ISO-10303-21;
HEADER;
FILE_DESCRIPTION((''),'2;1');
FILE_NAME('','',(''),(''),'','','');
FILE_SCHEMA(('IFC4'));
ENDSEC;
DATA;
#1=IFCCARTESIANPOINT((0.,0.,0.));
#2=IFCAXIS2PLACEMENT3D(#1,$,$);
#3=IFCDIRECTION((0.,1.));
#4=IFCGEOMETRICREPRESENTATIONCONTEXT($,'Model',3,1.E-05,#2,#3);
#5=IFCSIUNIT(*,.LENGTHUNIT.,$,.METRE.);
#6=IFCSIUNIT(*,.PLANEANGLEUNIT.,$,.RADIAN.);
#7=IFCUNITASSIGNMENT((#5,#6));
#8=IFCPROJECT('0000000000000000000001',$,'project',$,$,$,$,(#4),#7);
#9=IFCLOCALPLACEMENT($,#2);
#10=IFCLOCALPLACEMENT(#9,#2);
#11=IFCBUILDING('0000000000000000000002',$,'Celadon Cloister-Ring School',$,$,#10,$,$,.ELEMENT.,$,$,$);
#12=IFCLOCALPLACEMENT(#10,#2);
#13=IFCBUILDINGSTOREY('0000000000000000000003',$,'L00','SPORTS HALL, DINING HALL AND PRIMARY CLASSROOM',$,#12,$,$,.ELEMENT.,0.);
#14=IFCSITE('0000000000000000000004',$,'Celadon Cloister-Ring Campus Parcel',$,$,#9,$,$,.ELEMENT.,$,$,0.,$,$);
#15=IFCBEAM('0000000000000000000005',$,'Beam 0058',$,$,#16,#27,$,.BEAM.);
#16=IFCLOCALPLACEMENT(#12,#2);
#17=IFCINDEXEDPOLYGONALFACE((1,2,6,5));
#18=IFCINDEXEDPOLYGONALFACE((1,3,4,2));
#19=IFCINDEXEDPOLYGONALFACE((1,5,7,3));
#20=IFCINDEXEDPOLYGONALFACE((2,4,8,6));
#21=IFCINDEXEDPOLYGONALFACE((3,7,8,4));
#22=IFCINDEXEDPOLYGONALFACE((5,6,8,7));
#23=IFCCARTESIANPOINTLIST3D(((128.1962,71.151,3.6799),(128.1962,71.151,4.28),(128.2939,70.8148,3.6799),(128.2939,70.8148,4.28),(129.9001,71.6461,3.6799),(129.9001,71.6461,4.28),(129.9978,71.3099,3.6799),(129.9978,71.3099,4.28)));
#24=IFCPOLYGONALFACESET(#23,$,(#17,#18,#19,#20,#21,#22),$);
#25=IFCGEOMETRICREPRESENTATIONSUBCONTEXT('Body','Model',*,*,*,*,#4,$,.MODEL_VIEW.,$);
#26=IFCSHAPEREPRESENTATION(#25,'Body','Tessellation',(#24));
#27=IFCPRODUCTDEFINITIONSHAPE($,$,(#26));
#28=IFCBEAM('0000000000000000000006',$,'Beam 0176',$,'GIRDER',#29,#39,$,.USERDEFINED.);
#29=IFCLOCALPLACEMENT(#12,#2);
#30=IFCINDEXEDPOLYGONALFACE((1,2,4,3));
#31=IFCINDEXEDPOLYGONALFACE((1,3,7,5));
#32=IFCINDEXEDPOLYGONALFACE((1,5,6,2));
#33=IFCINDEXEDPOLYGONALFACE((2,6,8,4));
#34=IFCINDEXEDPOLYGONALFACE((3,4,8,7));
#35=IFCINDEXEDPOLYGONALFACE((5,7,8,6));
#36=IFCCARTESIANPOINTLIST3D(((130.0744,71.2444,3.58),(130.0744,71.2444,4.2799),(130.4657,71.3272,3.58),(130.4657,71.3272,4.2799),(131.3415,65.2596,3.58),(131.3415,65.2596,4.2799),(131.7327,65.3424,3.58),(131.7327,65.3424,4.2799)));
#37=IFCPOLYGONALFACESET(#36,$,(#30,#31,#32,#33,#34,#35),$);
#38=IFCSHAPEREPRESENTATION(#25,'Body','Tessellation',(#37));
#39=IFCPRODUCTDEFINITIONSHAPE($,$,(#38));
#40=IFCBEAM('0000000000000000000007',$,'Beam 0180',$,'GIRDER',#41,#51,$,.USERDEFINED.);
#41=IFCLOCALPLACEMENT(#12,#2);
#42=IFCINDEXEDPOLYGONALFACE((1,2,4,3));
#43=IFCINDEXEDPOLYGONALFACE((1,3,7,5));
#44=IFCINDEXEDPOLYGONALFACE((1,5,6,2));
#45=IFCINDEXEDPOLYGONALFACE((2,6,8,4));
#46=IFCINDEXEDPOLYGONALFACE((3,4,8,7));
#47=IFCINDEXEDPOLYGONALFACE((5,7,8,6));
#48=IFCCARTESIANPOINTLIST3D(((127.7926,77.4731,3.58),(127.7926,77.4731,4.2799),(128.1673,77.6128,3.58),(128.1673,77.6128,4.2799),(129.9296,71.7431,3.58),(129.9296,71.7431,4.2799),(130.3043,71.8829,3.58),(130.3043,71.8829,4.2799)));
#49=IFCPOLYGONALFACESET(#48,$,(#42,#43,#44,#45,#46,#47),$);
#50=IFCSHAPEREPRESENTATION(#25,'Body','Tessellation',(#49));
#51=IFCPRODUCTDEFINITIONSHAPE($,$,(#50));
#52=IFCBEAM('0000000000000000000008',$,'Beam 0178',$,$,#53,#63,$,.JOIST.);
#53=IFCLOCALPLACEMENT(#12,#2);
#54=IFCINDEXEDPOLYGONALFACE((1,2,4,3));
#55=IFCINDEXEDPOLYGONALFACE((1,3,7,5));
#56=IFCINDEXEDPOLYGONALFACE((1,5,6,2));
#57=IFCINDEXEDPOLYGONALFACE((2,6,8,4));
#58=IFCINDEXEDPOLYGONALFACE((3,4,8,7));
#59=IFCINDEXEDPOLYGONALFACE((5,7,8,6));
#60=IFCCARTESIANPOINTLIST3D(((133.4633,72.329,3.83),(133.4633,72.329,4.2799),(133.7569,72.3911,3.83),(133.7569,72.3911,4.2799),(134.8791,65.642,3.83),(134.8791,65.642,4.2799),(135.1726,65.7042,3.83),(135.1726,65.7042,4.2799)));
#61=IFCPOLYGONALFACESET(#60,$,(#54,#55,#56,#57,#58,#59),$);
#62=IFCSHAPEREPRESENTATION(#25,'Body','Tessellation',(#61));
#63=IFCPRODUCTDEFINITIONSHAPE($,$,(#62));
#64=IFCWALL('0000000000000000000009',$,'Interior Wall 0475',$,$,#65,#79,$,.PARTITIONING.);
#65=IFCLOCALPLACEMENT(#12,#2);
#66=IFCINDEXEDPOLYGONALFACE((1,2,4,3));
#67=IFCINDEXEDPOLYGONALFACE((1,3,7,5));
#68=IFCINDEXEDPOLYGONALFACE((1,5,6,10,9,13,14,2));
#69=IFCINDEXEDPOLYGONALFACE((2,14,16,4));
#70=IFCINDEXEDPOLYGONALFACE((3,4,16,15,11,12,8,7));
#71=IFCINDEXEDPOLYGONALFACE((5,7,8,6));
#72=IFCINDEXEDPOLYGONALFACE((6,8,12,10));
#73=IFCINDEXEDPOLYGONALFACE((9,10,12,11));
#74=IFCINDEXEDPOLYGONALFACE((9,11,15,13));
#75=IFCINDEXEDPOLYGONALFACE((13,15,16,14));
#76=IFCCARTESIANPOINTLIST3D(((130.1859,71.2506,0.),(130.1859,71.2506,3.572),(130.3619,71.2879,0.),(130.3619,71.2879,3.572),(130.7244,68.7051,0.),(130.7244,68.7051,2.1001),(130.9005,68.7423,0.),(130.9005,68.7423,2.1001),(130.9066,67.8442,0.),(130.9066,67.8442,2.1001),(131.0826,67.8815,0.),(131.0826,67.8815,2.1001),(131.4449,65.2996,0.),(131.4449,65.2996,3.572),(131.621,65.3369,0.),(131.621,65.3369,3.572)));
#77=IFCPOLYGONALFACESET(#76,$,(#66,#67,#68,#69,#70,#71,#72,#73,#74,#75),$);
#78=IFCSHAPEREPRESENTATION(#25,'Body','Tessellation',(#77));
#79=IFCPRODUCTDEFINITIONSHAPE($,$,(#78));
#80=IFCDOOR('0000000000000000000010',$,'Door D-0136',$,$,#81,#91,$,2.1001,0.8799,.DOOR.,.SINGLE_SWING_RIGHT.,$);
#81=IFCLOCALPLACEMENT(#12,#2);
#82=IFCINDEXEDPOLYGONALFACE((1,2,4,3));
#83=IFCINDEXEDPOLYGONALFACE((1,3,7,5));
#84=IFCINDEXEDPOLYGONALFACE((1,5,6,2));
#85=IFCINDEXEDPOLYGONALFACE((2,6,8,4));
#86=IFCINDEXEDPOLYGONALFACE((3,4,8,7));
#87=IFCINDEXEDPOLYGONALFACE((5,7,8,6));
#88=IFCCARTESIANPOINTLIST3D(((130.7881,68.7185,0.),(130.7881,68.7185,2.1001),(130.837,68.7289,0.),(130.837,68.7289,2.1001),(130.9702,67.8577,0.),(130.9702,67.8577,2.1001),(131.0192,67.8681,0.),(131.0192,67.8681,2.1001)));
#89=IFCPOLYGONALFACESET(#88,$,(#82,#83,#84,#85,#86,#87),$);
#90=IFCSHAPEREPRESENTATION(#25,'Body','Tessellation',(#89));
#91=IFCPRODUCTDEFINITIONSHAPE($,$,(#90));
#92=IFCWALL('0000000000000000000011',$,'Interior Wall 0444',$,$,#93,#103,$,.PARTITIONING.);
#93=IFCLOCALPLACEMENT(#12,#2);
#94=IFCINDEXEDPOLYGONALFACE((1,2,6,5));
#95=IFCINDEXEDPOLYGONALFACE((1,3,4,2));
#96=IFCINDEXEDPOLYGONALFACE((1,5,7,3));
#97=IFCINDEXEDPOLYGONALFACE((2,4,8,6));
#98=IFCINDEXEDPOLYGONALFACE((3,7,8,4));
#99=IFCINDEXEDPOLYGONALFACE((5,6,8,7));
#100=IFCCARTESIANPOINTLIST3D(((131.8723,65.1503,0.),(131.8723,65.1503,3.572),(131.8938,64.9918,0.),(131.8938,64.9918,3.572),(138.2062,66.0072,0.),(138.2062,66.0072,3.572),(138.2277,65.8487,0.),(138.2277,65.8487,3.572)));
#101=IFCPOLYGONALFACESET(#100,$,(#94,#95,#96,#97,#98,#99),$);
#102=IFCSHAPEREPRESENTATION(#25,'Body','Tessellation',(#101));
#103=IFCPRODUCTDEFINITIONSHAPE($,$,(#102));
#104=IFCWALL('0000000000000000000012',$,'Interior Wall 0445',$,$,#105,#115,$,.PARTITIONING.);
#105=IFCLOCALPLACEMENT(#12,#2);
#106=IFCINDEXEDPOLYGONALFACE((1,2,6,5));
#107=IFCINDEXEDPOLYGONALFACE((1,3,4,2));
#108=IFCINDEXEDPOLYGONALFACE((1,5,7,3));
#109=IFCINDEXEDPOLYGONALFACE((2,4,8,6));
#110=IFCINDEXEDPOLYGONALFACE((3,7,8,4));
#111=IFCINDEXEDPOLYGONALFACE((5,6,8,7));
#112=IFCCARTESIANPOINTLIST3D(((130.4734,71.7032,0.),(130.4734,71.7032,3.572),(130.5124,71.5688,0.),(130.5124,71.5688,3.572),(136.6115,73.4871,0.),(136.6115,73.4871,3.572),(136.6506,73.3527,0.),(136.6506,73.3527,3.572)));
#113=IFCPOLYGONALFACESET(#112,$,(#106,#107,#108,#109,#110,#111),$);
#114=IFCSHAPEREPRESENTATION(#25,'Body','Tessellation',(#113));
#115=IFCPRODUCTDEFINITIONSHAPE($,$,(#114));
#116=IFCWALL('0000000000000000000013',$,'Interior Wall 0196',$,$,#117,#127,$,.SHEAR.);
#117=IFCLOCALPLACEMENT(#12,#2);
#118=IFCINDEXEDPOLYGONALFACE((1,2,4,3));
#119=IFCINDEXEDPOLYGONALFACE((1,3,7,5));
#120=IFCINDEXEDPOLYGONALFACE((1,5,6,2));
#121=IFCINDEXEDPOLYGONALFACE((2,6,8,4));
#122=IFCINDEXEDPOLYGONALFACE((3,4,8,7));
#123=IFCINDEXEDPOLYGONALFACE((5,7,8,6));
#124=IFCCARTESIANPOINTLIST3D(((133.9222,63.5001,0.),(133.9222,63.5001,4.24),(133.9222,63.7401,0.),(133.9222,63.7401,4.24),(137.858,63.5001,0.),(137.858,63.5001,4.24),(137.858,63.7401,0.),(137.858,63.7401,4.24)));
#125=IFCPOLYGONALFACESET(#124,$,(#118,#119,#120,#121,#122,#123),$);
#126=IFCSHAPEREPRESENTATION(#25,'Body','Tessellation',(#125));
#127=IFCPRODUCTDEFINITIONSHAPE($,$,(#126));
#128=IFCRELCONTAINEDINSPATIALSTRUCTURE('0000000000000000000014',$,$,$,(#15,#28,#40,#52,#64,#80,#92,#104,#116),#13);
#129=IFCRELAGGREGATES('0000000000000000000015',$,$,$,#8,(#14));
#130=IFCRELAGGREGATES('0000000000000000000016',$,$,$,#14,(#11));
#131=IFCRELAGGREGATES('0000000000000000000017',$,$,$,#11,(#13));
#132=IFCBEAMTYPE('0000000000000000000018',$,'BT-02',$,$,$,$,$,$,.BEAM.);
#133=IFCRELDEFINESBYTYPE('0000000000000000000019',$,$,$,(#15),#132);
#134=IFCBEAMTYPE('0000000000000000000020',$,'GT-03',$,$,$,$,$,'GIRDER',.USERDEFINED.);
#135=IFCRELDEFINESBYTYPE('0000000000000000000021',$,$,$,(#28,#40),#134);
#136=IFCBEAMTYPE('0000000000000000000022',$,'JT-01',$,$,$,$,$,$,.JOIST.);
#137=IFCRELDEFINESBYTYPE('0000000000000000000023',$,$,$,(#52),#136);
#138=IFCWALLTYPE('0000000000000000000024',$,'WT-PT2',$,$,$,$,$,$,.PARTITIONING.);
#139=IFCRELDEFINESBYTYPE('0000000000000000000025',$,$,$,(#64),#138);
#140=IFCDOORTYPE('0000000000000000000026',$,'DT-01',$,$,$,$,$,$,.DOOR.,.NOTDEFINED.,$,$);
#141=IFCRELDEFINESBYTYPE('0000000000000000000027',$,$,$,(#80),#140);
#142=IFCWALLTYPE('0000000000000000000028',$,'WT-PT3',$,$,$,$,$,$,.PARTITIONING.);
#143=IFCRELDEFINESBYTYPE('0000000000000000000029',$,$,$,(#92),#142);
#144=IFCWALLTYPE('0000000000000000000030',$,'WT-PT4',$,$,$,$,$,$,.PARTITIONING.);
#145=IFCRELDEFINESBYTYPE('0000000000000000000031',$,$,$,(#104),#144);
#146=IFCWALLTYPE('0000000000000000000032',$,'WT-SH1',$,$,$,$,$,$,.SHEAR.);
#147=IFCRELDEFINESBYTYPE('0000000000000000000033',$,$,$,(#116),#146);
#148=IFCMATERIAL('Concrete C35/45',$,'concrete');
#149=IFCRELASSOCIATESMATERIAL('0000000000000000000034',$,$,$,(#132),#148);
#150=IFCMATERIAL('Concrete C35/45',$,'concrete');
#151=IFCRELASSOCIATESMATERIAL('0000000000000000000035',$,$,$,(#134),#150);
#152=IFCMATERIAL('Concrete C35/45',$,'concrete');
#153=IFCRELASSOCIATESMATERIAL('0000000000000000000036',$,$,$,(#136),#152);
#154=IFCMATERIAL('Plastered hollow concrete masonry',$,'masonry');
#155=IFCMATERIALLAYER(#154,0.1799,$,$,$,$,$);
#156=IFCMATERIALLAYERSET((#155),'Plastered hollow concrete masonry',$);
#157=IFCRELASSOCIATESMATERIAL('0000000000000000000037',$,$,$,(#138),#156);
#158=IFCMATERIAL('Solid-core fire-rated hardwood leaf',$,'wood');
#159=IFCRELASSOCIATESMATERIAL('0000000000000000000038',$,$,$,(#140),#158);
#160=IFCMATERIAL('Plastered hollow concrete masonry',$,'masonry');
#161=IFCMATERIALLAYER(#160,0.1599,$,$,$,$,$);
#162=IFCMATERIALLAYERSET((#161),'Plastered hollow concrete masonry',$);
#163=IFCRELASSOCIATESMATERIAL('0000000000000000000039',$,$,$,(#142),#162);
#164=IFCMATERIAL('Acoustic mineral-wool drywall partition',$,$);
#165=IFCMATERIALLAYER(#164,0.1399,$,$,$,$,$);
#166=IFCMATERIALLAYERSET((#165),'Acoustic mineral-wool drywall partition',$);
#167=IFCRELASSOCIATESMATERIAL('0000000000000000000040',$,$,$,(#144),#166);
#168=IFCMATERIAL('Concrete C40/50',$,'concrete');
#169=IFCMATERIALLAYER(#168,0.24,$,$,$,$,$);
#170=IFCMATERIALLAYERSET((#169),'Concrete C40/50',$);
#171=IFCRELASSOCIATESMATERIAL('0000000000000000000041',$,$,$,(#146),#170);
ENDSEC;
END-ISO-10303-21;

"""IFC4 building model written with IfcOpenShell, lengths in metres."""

from ifc_helpers import new_model, si_unit, direction, frame, frame_2d, origin, origin_2d, place, context, subcontext, project, spatial, rectangle, extrude, material, layer, layer_set, material_profile, profile_set, type_object, element, fill, save


model = new_model("IFC4")

# Units and contexts
model_context = context("Model", 3, precision=1e-05, world=origin(), true_north=direction((0.0, 1.0)))
body_context = subcontext(model_context, "Body", "Model", "MODEL_VIEW")
ifc_project = project(units=[si_unit("LENGTHUNIT", "METRE"), si_unit("PLANEANGLEUNIT", "RADIAN")], contexts=[model_context])

# Site, building, storey
site_placement = place(None, origin())
site = spatial("IfcSite", under=ifc_project, at=site_placement, Name="Celadon Cloister-Ring Campus Parcel", CompositionType="ELEMENT", RefElevation=0.0)
building_placement = place(site_placement, origin())
building = spatial("IfcBuilding", under=site, at=building_placement, Name="Celadon Cloister-Ring School", CompositionType="ELEMENT")
storey_placement = place(building_placement, origin())
storey = spatial("IfcBuildingStorey", under=building, at=storey_placement, Name="L00", Description="SPORTS HALL, DINING HALL AND PRIMARY CLASSROOM", CompositionType="ELEMENT", Elevation=0.0)

# Beams
ifc_material_1 = material(Name="Concrete C35/45", Category="concrete")
ifc_material_profile_1 = material_profile(ifc_material_1, rectangle(XDim=0.3501, YDim=0.6001, at=origin_2d()), Name="RC350X600")
ifc_profile_set_1 = profile_set([ifc_material_profile_1], Name="Concrete C35/45")
beam_type_1 = type_object("IfcBeamType", Name="BT-02", PredefinedType="BEAM", material=ifc_profile_set_1)
beam_1_placement = place(storey_placement, frame((129.949, 71.478, 3.98), z_axis=(-0.960278, -0.279044, 0.0), x_axis=(0.279044, -0.960278, 0.0)))
element("IfcBeam", 1, at=beam_1_placement, inside=storey, type_object=beam_type_1, Name="Beam 0058", PredefinedType="BEAM", context=body_context, shape_type="SweptSolid", body=[
    extrude(rectangle(XDim=0.3501, YDim=0.6001, at=origin_2d()), origin(), (0.0, 0.0, 1.0), 1.7744),
])
ifc_material_2 = material(Name="Concrete C35/45", Category="concrete")
ifc_material_profile_2 = material_profile(ifc_material_2, rectangle(XDim=0.3999, YDim=0.7, at=origin_2d()), Name="RC400X700")
ifc_profile_set_2 = profile_set([ifc_material_profile_2], Name="Concrete C35/45")
beam_type_2 = type_object("IfcBeamType", Name="GT-03", ElementType="GIRDER", PredefinedType="USERDEFINED", material=ifc_profile_set_2)
beam_2_placement = place(storey_placement, frame((131.5371, 65.301, 3.9299), z_axis=(-0.207125, 0.978315, 0.0), x_axis=(-0.978315, -0.207125, 0.0)))
element("IfcBeam", 2, at=beam_2_placement, inside=storey, type_object=beam_type_2, Name="Beam 0176", ObjectType="GIRDER", PredefinedType="USERDEFINED", context=body_context, shape_type="SweptSolid", body=[
    extrude(rectangle(XDim=0.3999, YDim=0.7, at=origin_2d()), origin(), (0.0, 0.0, 1.0), 6.1174),
])
beam_3_placement = place(storey_placement, frame((130.1169, 71.813, 3.9299), z_axis=(-0.349434, 0.936961, 0.0), x_axis=(-0.936961, -0.349434, 0.0)))
element("IfcBeam", 3, at=beam_3_placement, inside=storey, type_object=beam_type_2, Name="Beam 0180", ObjectType="GIRDER", PredefinedType="USERDEFINED", context=body_context, shape_type="SweptSolid", body=[
    extrude(rectangle(XDim=0.3999, YDim=0.7, at=origin_2d()), origin(), (0.0, 0.0, 1.0), 6.1155),
])
ifc_material_3 = material(Name="Concrete C35/45", Category="concrete")
ifc_material_profile_3 = material_profile(ifc_material_3, rectangle(XDim=0.3, YDim=0.45, at=origin_2d()), Name="RC300X450")
ifc_profile_set_3 = profile_set([ifc_material_profile_3], Name="Concrete C35/45")
beam_type_3 = type_object("IfcBeamType", Name="JT-01", PredefinedType="JOIST", material=ifc_profile_set_3)
beam_4_placement = place(storey_placement, frame((135.0259, 65.6731, 4.0549), z_axis=(-0.207128, 0.978314, 0.0), x_axis=(-0.978314, -0.207128, 0.0)))
element("IfcBeam", 4, at=beam_4_placement, inside=storey, type_object=beam_type_3, Name="Beam 0178", PredefinedType="JOIST", context=body_context, shape_type="SweptSolid", body=[
    extrude(rectangle(XDim=0.3, YDim=0.45, at=origin_2d()), origin(), (0.0, 0.0, 1.0), 6.8352),
])

# Wall, opening, door
ifc_material_4 = material(Name="Plastered hollow concrete masonry", Category="masonry")
ifc_layer_1 = layer(ifc_material_4, 0.1799)
ifc_layer_set_1 = layer_set([ifc_layer_1], Name="Plastered hollow concrete masonry")
wall_type_1 = type_object("IfcWallType", Name="WT-PT2", PredefinedType="PARTITIONING", material=ifc_layer_set_1)
wall_1_placement = place(storey_placement, frame((131.533, 65.3181, 0.0), z_axis=(0.0, 0.0, 1.0), x_axis=(-0.206987, 0.978344, 0.0)))
wall_1 = element("IfcWall", 5, at=wall_1_placement, inside=storey, type_object=wall_type_1, Name="Interior Wall 0475", PredefinedType="PARTITIONING", context=body_context, shape_type="SweptSolid", body=[
    extrude(rectangle(XDim=6.0828, YDim=0.1799, at=frame_2d((3.0415, 0.0))), origin(), (0.0, 0.0, 1.0), 3.572),
])
opening_placement = place(wall_1_placement, frame((2.6011, 0.0, 0.0)))
opening = element("IfcOpeningElement", 6, at=opening_placement, cuts=wall_1, PredefinedType="OPENING", context=body_context, shape_type="SweptSolid", body=[
    extrude(rectangle(XDim=0.8799, YDim=2.1001, at=frame_2d((0.4399, 1.05))), frame((0.0, 0.1001, 0.0), z_axis=(0.0, -1.0, 0.0), x_axis=(1.0, 0.0, 0.0)), (0.0, 0.0, 1.0), 0.2),
])
ifc_material_5 = material(Name="Solid-core fire-rated hardwood leaf", Category="wood")
door_type = type_object("IfcDoorType", Name="DT-01", OperationType="NOTDEFINED", PredefinedType="DOOR", material=ifc_material_5)
door_placement = place(opening_placement, origin())
door = element("IfcDoor", 7, at=door_placement, inside=storey, type_object=door_type, Name="Door D-0136", OperationType="SINGLE_SWING_RIGHT", OverallHeight=2.1001, OverallWidth=0.8799, PredefinedType="DOOR", context=body_context, shape_type="SweptSolid", body=[
    extrude(rectangle(XDim=0.8799, YDim=2.1001, at=frame_2d((0.4399, 1.05))), frame((0.0, 0.0249, 0.0), z_axis=(0.0, -1.0, 0.0), x_axis=(1.0, 0.0, 0.0)), (0.0, 0.0, 1.0), 0.05),
])
fill(opening, door)

# Walls
ifc_material_6 = material(Name="Plastered hollow concrete masonry", Category="masonry")
ifc_layer_2 = layer(ifc_material_6, 0.1599)
ifc_layer_set_2 = layer_set([ifc_layer_2], Name="Plastered hollow concrete masonry")
wall_type_2 = type_object("IfcWallType", Name="WT-PT3", PredefinedType="PARTITIONING", material=ifc_layer_set_2)
wall_2_placement = place(storey_placement, frame((131.8831, 65.071, 0.0), z_axis=(0.0, 0.0, 1.0), x_axis=(0.990972, 0.13407, 0.0)))
element("IfcWall", 8, at=wall_2_placement, inside=storey, type_object=wall_type_2, Name="Interior Wall 0444", PredefinedType="PARTITIONING", context=body_context, shape_type="SweptSolid", body=[
    extrude(rectangle(XDim=6.3916, YDim=0.1599, at=frame_2d((3.1958, 0.0))), origin(), (0.0, 0.0, 1.0), 3.572),
])
ifc_material_7 = material(Name="Acoustic mineral-wool drywall partition")
ifc_layer_3 = layer(ifc_material_7, 0.1399)
ifc_layer_set_3 = layer_set([ifc_layer_3], Name="Acoustic mineral-wool drywall partition")
wall_type_3 = type_object("IfcWallType", Name="WT-PT4", PredefinedType="PARTITIONING", material=ifc_layer_set_3)
wall_3_placement = place(storey_placement, frame((130.4929, 71.636, 0.0), z_axis=(0.0, 0.0, 1.0), x_axis=(0.960267, 0.279082, 0.0)))
element("IfcWall", 9, at=wall_3_placement, inside=storey, type_object=wall_type_3, Name="Interior Wall 0445", PredefinedType="PARTITIONING", context=body_context, shape_type="SweptSolid", body=[
    extrude(rectangle(XDim=6.3921, YDim=0.1399, at=frame_2d((3.196, 0.0))), origin(), (0.0, 0.0, 1.0), 3.572),
])
ifc_material_8 = material(Name="Concrete C40/50", Category="concrete")
ifc_layer_4 = layer(ifc_material_8, 0.24)
ifc_layer_set_4 = layer_set([ifc_layer_4], Name="Concrete C40/50")
wall_type_4 = type_object("IfcWallType", Name="WT-SH1", PredefinedType="SHEAR", material=ifc_layer_set_4)
wall_4_placement = place(storey_placement, frame((137.8579, 63.6201, 0.0), z_axis=(0.0, 0.0, 1.0), x_axis=(-1.0, 0.0, 0.0)))
element("IfcWall", 10, at=wall_4_placement, inside=storey, type_object=wall_type_4, Name="Interior Wall 0196", PredefinedType="SHEAR", context=body_context, shape_type="SweptSolid", body=[
    extrude(rectangle(XDim=3.9358, YDim=0.24, at=frame_2d((1.9678, 0.0))), origin(), (0.0, 0.0, 1.0), 4.24),
])

save(model, "model.ifc")
